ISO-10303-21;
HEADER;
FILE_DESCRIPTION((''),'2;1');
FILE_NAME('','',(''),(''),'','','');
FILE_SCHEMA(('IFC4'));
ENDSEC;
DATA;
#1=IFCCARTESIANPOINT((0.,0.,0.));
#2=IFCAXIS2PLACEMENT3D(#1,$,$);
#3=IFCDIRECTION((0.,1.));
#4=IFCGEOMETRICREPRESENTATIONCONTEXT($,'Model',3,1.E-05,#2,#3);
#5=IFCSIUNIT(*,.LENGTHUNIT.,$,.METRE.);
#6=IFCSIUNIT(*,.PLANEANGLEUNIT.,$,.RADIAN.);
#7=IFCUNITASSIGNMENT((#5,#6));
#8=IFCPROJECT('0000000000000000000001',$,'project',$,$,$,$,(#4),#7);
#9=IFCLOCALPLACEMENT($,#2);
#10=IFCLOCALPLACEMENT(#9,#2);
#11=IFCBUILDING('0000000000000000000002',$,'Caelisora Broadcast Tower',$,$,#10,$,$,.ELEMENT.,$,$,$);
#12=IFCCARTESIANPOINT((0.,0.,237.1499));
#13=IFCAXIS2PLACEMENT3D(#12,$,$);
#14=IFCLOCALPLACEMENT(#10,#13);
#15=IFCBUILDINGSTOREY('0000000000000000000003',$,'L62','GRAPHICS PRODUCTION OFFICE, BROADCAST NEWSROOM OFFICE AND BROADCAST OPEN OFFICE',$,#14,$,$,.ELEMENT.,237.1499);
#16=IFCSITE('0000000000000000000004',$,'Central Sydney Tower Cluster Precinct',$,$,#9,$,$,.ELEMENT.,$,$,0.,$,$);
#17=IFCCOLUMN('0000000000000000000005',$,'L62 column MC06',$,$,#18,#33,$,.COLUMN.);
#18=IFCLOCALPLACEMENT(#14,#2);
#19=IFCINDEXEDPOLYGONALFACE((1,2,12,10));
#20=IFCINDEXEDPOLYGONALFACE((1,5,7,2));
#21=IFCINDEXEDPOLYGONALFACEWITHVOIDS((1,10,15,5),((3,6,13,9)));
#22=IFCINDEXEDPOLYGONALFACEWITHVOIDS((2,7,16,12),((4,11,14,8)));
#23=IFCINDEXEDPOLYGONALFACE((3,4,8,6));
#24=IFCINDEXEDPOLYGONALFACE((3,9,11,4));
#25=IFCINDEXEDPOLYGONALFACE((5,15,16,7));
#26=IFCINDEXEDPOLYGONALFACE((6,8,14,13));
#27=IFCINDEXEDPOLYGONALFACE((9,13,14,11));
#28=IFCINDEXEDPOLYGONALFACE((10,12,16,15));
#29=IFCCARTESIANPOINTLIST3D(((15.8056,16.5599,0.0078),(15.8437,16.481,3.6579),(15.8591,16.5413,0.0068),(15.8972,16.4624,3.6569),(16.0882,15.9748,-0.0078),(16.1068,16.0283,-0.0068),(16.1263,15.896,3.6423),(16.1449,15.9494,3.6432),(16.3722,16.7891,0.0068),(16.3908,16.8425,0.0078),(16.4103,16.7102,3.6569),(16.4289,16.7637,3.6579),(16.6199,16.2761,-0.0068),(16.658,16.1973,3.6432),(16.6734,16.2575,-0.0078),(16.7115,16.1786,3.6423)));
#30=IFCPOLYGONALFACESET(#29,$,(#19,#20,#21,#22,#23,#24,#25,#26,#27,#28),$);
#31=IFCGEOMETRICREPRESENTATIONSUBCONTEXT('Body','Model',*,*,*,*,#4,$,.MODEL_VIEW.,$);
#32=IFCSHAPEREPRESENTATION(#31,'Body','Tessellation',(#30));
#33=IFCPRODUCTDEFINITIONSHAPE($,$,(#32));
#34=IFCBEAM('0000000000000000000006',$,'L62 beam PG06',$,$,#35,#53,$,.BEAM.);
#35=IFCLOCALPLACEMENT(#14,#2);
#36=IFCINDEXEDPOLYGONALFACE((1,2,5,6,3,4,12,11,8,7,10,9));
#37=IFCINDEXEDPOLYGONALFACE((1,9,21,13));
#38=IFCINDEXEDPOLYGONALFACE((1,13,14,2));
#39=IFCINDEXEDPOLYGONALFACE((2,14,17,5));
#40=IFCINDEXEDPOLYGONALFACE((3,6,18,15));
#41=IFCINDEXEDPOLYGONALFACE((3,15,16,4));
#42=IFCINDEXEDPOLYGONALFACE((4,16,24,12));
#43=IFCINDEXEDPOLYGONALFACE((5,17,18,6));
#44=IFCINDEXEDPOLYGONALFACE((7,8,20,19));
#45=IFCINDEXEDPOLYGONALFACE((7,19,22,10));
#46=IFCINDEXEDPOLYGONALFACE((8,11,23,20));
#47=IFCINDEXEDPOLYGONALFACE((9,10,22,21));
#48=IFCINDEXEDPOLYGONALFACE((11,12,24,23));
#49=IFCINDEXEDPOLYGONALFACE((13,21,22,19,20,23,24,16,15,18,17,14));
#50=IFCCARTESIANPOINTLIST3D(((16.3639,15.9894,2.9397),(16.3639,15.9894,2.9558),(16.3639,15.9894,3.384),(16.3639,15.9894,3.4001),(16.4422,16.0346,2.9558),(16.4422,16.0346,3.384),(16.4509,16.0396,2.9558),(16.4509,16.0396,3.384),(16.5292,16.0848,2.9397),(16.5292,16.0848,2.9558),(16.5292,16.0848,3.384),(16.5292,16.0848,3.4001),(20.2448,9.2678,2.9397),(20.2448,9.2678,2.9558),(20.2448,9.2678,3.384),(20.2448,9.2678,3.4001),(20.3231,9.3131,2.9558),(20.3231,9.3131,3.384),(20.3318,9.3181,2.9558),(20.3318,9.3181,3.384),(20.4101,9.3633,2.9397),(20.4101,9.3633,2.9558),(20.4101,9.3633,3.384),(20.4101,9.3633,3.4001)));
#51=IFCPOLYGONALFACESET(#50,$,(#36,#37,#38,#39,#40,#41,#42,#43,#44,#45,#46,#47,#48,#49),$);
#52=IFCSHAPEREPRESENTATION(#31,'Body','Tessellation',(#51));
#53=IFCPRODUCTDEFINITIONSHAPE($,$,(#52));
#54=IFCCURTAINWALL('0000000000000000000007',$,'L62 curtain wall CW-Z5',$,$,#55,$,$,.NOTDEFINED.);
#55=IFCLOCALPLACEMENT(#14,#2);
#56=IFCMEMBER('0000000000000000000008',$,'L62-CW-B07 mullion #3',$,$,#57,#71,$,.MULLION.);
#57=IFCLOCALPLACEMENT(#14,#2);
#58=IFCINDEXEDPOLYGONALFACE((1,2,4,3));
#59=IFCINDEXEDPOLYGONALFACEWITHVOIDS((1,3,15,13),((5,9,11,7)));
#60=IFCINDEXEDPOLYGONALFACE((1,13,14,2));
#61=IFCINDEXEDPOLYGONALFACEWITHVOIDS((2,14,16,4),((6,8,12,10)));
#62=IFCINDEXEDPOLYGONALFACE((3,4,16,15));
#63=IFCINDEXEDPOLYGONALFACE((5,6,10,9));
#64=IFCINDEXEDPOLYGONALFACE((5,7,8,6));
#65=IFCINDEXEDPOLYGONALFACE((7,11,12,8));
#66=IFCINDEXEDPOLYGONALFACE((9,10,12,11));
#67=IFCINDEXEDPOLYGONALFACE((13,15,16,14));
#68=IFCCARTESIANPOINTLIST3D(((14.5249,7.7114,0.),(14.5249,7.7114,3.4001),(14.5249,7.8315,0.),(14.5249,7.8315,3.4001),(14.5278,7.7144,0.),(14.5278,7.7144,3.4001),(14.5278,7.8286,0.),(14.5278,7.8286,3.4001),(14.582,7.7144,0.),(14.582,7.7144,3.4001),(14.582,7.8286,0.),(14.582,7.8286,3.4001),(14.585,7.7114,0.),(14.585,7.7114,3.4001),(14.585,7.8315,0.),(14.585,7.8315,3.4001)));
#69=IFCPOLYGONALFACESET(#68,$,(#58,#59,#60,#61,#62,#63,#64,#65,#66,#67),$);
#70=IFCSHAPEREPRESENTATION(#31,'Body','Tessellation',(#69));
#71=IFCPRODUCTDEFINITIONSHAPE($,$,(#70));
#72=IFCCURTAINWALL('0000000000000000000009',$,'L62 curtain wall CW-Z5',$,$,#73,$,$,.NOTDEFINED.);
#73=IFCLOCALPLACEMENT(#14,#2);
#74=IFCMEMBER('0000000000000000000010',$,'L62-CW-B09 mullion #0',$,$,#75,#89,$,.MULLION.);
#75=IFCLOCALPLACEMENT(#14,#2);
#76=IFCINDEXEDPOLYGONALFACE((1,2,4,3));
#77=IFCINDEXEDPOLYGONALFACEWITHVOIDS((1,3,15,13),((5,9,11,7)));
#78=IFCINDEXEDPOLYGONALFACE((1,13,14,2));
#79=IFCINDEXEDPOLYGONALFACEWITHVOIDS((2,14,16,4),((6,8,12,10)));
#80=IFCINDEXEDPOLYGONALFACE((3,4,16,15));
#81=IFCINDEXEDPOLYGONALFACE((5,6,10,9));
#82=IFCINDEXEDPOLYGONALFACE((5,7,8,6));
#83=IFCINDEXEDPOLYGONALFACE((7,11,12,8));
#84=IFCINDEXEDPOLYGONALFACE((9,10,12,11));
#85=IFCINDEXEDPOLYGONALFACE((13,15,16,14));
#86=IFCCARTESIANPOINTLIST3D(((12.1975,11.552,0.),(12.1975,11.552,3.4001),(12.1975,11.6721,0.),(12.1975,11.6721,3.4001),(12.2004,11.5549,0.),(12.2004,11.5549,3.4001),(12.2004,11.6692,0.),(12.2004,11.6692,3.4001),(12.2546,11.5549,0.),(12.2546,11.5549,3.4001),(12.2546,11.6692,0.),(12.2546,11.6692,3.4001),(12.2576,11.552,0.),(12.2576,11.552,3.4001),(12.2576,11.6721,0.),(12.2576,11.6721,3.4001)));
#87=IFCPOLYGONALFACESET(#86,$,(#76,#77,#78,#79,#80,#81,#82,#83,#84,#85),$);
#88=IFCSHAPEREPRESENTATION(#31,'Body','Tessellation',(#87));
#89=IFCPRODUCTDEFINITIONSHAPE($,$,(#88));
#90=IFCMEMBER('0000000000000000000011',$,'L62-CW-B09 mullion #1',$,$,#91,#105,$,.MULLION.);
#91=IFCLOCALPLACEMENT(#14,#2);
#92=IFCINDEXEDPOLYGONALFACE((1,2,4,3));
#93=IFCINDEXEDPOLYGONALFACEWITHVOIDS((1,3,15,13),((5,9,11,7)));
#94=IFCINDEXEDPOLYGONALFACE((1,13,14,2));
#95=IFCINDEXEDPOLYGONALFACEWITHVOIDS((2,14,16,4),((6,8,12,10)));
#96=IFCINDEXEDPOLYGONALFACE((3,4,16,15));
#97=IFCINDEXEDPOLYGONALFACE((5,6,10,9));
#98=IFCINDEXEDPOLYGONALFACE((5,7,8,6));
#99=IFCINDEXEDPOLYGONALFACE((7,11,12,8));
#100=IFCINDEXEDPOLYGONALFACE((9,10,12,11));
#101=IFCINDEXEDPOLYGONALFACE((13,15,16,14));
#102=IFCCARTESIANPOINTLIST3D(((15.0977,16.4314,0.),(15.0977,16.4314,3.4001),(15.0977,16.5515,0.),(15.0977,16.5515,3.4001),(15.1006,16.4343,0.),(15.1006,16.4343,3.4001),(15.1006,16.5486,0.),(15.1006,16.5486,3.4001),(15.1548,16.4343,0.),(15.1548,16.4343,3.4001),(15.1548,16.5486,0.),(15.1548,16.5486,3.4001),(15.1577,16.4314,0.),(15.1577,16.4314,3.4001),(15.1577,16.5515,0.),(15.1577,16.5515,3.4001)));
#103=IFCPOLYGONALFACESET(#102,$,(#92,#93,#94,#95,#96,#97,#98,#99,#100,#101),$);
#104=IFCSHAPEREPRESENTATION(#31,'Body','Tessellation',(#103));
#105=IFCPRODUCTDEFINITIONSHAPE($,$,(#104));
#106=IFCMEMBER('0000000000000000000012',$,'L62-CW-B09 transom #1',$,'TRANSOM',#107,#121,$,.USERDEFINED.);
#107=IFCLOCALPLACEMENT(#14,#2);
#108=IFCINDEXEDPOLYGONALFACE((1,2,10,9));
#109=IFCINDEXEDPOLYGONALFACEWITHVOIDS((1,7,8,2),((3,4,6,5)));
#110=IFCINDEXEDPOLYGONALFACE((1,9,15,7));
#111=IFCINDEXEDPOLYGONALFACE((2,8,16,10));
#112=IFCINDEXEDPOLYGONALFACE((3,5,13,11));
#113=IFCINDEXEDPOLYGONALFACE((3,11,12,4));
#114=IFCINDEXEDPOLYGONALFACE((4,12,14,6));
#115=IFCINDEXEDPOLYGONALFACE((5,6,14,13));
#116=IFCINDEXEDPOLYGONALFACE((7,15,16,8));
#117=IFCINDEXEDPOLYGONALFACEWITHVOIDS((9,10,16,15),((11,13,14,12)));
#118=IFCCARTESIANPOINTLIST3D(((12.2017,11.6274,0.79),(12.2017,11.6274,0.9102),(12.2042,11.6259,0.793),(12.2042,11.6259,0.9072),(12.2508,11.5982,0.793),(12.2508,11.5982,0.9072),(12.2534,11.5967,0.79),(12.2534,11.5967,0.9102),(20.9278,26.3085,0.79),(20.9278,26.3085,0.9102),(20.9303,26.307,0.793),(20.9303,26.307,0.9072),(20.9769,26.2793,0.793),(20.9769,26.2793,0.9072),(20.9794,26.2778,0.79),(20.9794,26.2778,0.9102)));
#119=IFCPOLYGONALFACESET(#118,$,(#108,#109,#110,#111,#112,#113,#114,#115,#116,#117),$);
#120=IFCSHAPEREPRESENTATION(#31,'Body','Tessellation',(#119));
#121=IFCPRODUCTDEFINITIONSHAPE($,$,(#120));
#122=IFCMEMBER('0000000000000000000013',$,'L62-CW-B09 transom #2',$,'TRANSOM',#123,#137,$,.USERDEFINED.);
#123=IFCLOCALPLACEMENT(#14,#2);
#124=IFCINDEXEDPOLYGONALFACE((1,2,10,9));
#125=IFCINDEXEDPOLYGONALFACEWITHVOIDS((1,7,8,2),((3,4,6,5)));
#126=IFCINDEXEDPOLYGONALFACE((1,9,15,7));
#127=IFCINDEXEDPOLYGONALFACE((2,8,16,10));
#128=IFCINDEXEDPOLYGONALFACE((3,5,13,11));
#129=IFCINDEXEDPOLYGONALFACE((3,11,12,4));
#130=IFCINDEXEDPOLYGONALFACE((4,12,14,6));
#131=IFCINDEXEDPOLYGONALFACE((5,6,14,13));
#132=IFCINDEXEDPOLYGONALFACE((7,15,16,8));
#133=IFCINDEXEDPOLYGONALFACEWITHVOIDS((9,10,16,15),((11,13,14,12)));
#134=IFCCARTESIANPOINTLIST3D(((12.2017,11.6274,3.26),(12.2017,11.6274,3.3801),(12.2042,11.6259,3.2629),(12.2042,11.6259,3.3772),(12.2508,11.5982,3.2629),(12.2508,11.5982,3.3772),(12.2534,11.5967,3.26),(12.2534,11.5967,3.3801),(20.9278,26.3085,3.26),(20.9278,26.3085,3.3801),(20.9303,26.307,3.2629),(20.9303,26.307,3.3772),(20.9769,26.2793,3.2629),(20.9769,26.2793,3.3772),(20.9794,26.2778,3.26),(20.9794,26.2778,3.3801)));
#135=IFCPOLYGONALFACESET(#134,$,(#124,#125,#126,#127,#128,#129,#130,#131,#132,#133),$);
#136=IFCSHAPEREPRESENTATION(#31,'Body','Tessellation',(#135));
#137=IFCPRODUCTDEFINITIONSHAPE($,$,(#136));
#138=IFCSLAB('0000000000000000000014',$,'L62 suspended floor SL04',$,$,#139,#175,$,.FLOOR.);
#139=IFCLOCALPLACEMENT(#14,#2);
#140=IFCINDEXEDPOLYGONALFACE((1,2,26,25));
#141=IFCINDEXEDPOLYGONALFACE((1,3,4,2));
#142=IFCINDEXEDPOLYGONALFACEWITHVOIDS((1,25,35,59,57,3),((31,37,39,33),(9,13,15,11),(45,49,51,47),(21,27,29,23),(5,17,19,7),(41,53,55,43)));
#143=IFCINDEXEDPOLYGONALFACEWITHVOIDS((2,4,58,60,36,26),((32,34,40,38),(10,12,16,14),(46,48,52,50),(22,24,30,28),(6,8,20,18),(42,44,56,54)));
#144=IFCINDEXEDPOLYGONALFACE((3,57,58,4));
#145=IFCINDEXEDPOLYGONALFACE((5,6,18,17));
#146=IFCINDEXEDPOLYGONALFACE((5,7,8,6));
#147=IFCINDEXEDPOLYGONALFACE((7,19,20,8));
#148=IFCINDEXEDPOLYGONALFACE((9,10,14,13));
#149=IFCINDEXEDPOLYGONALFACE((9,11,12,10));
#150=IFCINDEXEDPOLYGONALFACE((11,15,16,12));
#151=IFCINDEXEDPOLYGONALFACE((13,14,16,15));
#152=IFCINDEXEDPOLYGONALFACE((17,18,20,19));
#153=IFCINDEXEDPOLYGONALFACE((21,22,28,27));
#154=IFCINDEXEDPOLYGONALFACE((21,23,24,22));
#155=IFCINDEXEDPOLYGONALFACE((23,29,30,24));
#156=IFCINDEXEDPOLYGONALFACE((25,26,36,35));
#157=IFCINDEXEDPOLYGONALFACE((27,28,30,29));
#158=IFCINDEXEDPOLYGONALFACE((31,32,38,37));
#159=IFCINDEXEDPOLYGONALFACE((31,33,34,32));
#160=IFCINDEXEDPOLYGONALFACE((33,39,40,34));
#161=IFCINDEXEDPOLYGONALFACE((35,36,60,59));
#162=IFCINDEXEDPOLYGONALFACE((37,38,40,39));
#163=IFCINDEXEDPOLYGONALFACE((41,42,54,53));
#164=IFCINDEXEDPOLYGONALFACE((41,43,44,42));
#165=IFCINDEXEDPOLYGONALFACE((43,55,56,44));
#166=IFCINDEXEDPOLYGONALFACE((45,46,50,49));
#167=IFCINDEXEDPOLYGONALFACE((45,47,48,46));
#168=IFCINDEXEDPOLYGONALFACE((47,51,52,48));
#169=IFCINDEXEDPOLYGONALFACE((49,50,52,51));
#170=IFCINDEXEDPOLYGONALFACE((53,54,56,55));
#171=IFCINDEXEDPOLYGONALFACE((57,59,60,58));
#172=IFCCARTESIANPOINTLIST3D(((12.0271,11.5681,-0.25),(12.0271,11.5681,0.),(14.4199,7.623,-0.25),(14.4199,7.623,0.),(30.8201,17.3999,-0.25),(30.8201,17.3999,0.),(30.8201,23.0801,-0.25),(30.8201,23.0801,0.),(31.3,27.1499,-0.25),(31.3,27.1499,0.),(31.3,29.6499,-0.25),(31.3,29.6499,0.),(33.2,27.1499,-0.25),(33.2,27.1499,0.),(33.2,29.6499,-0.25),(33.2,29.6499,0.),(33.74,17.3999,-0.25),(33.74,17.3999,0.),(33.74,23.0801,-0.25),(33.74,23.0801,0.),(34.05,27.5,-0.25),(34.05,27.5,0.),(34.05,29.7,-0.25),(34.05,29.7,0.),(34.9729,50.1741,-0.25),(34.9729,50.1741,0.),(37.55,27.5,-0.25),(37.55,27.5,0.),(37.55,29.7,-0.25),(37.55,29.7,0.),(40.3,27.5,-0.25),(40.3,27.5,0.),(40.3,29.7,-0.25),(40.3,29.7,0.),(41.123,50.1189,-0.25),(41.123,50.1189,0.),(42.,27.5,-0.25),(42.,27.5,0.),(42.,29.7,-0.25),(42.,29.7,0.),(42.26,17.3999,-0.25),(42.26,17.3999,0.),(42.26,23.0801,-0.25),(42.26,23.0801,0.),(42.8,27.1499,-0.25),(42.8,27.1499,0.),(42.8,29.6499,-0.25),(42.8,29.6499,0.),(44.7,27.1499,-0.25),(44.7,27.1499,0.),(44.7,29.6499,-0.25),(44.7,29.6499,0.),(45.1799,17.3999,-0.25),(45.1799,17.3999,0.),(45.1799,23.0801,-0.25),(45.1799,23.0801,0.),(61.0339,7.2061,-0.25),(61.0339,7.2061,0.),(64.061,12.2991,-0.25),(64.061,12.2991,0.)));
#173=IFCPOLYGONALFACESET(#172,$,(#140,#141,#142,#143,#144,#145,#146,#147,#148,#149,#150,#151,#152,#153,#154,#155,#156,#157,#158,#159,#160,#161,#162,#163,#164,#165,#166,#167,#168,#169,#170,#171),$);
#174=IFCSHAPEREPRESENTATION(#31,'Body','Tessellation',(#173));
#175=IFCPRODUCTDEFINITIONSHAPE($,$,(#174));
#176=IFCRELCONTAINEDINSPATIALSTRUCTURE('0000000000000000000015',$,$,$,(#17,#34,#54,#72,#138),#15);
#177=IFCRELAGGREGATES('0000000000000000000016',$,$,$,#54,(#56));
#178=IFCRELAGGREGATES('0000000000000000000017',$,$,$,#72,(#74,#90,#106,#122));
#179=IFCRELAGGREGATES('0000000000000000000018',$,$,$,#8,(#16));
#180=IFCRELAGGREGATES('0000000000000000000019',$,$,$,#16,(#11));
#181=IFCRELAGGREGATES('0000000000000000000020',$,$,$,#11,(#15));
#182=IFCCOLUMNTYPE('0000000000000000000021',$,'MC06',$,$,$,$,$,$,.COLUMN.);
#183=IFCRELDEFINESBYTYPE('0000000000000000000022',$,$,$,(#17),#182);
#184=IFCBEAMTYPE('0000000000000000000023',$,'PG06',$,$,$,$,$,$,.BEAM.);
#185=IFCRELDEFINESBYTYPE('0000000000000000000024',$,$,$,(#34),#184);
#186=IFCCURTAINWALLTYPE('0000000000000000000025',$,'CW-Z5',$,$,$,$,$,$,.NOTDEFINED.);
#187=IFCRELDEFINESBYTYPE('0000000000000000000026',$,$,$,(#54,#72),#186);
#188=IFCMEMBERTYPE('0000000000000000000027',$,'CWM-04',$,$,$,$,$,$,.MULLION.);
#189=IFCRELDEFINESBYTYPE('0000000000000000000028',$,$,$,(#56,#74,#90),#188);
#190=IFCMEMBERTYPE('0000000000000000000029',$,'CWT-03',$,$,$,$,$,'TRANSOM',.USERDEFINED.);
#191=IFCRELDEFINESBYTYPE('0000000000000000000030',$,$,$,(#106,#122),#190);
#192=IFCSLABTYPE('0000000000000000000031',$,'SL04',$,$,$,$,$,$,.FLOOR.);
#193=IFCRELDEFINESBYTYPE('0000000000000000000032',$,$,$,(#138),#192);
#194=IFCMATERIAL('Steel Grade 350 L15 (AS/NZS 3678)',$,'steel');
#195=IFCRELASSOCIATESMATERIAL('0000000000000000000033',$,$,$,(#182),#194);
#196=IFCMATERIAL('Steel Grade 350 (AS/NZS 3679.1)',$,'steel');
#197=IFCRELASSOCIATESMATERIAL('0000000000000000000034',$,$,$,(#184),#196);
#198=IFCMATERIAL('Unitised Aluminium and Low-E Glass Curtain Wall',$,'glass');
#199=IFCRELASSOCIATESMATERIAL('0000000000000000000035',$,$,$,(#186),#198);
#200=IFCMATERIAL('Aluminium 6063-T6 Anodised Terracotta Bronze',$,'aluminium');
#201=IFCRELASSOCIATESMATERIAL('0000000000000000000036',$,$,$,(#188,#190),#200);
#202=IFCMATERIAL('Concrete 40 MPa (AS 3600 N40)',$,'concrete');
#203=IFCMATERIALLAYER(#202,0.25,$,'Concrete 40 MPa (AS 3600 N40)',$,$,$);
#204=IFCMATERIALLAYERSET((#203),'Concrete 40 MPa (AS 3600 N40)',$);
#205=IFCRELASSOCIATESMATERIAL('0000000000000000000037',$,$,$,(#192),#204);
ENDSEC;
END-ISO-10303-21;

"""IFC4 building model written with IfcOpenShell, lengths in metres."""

from ifc_helpers import new_model, si_unit, direction, frame, origin, origin_2d, place, context, subcontext, project, spatial, polyline, hollow_rectangle, i_section, outline, extrude, source, transform, mapped, material, layer, layer_set, material_profile, profile_set, type_object, type_shapes, element, aggregate, save


model = new_model("IFC4")

# Units and contexts
model_context = context("Model", 3, precision=1e-05, world=origin(), true_north=direction((0.0, 1.0)))
body_context = subcontext(model_context, "Body", "Model", "MODEL_VIEW")
ifc_project = project(units=[si_unit("LENGTHUNIT", "METRE"), si_unit("PLANEANGLEUNIT", "RADIAN")], contexts=[model_context])

# Site, building, storey
site_placement = place(None, origin())
site = spatial("IfcSite", under=ifc_project, at=site_placement, Name="Central Sydney Tower Cluster Precinct", CompositionType="ELEMENT", RefElevation=0.0)
building_placement = place(site_placement, origin())
building = spatial("IfcBuilding", under=site, at=building_placement, Name="Caelisora Broadcast Tower", CompositionType="ELEMENT")
storey_placement = place(building_placement, frame((0.0, 0.0, 237.1499)))
storey = spatial("IfcBuildingStorey", under=building, at=storey_placement, Name="L62", Description="GRAPHICS PRODUCTION OFFICE, BROADCAST NEWSROOM OFFICE AND BROADCAST OPEN OFFICE", CompositionType="ELEMENT", Elevation=237.1499)

# Column
ifc_material_1 = material(Name="Steel Grade 350 L15 (AS/NZS 3678)", Category="steel")
ifc_material_profile_1 = material_profile(ifc_material_1, hollow_rectangle(XDim=0.6499, YDim=0.6499, WallThickness=0.04, at=origin_2d()), Name="Steel Grade 350 L15 (AS/NZS 3678)")
ifc_profile_set_1 = profile_set([ifc_material_profile_1], Name="Steel Grade 350 L15 (AS/NZS 3678)")
column_type = type_object("IfcColumnType", Name="MC06", PredefinedType="COLUMN", material=ifc_profile_set_1)
shared_shape_1 = source(origin(), body_context, "Body", "SweptSolid", [
    extrude(hollow_rectangle(XDim=0.6499, YDim=0.6499, WallThickness=0.04, at=origin_2d()), origin(), (0.0, 0.0, 1.0), 3.6511),
])
type_shapes(column_type, [shared_shape_1])
column_placement = place(storey_placement, frame((16.2395, 16.4087, 0.0), z_axis=(0.010431, -0.021598, 0.999712), x_axis=(0.900476, 0.434905, 0.0)))
element("IfcColumn", 1, at=column_placement, inside=storey, type_object=column_type, Name="L62 column MC06", PredefinedType="COLUMN", context=body_context, shape_type="MappedRepresentation", body=[
    mapped(shared_shape_1, transform((0.0, 0.0, 0.0), scale=1.0)),
])

# Beam
ifc_material_2 = material(Name="Steel Grade 350 (AS/NZS 3679.1)", Category="steel")
ifc_material_profile_2 = material_profile(ifc_material_2, i_section(OverallWidth=0.1909, OverallDepth=0.4604, WebThickness=0.01, FlangeThickness=0.0161, at=origin_2d()), Name="Steel Grade 350 (AS/NZS 3679.1)")
ifc_profile_set_2 = profile_set([ifc_material_profile_2], Name="Steel Grade 350 (AS/NZS 3679.1)")
beam_type = type_object("IfcBeamType", Name="PG06", PredefinedType="BEAM", material=ifc_profile_set_2)
shared_shape_2 = source(origin(), body_context, "Body", "SweptSolid", [
    extrude(i_section(OverallWidth=0.1909, OverallDepth=0.4604, WebThickness=0.01, FlangeThickness=0.0161, at=origin_2d()), origin(), (0.0, 0.0, 1.0), 7.7615),
])
type_shapes(beam_type, [shared_shape_2])
beam_placement = place(storey_placement, frame((16.4465, 16.0371, 3.1699), z_axis=(0.500023, -0.866012, 0.0), x_axis=(0.866012, 0.500023, 0.0)))
element("IfcBeam", 2, at=beam_placement, inside=storey, type_object=beam_type, Name="L62 beam PG06", PredefinedType="BEAM", context=body_context, shape_type="MappedRepresentation", body=[
    mapped(shared_shape_2, transform((0.0, 0.0, 0.0), scale=1.0)),
])

# Curtain wall, member
ifc_material_3 = material(Name="Unitised Aluminium and Low-E Glass Curtain Wall", Category="glass")
curtain_wall_type = type_object("IfcCurtainWallType", Name="CW-Z5", PredefinedType="NOTDEFINED", material=ifc_material_3)
curtain_wall_1_placement = place(storey_placement, origin())
curtain_wall_1 = element("IfcCurtainWall", 3, at=curtain_wall_1_placement, inside=storey, type_object=curtain_wall_type, Name="L62 curtain wall CW-Z5", PredefinedType="NOTDEFINED")
ifc_material_4 = material(Name="Aluminium 6063-T6 Anodised Terracotta Bronze", Category="aluminium")
ifc_material_profile_3 = material_profile(ifc_material_4, hollow_rectangle(XDim=0.0601, YDim=0.1201, WallThickness=0.0029, at=origin_2d()), Name="Aluminium 6063-T6 Anodised Terracotta Bronze")
ifc_profile_set_3 = profile_set([ifc_material_profile_3], Name="Aluminium 6063-T6 Anodised Terracotta Bronze")
member_type_1 = type_object("IfcMemberType", Name="CWM-04", PredefinedType="MULLION", material=ifc_profile_set_3)
shared_shape_3 = source(origin(), body_context, "Body", "SweptSolid", [
    extrude(hollow_rectangle(XDim=0.0601, YDim=0.1201, WallThickness=0.0029, at=origin_2d()), origin(), (0.0, 0.0, 1.0), 3.4001),
])
type_shapes(member_type_1, [shared_shape_3])
member_1_placement = place(storey_placement, frame((14.5549, 7.7715, 0.0), z_axis=(0.0, 0.0, 1.0), x_axis=(1.0, 0.0, 0.0)))
member_1 = element("IfcMember", 4, at=member_1_placement, type_object=member_type_1, Name="L62-CW-B07 mullion #3", PredefinedType="MULLION", context=body_context, shape_type="MappedRepresentation", body=[
    mapped(shared_shape_3, transform((0.0, 0.0, 0.0), scale=1.0)),
])
aggregate(curtain_wall_1, [member_1])

# Curtain wall, members
curtain_wall_2_placement = place(storey_placement, origin())
curtain_wall_2 = element("IfcCurtainWall", 5, at=curtain_wall_2_placement, inside=storey, type_object=curtain_wall_type, Name="L62 curtain wall CW-Z5", PredefinedType="NOTDEFINED")
member_2_placement = place(storey_placement, frame((12.2275, 11.6121, 0.0), z_axis=(0.0, 0.0, 1.0), x_axis=(1.0, 0.0, 0.0)))
member_2 = element("IfcMember", 6, at=member_2_placement, type_object=member_type_1, Name="L62-CW-B09 mullion #0", PredefinedType="MULLION", context=body_context, shape_type="MappedRepresentation", body=[
    mapped(shared_shape_3, transform((0.0, 0.0, 0.0), scale=1.0)),
])
member_3_placement = place(storey_placement, frame((15.1277, 16.4915, 0.0), z_axis=(0.0, 0.0, 1.0), x_axis=(1.0, 0.0, 0.0)))
member_3 = element("IfcMember", 7, at=member_3_placement, type_object=member_type_1, Name="L62-CW-B09 mullion #1", PredefinedType="MULLION", context=body_context, shape_type="MappedRepresentation", body=[
    mapped(shared_shape_3, transform((0.0, 0.0, 0.0), scale=1.0)),
])
ifc_material_profile_4 = material_profile(ifc_material_4, hollow_rectangle(XDim=0.0601, YDim=0.1201, WallThickness=0.0029, at=origin_2d()), Name="Aluminium 6063-T6 Anodised Terracotta Bronze")
ifc_profile_set_4 = profile_set([ifc_material_profile_4], Name="Aluminium 6063-T6 Anodised Terracotta Bronze")
member_type_2 = type_object("IfcMemberType", Name="CWT-03", ElementType="TRANSOM", PredefinedType="USERDEFINED", material=ifc_profile_set_4)
shared_shape_4 = source(origin(), body_context, "Body", "SweptSolid", [
    extrude(hollow_rectangle(XDim=0.0601, YDim=0.1201, WallThickness=0.0029, at=origin_2d()), origin(), (0.0, 0.0, 1.0), 17.0786),
])
type_shapes(member_type_2, [shared_shape_4])
member_4_placement = place(storey_placement, frame((12.2275, 11.6121, 0.8501), z_axis=(0.510934, 0.85962, 0.0), x_axis=(-0.85962, 0.510934, 0.0)))
member_4 = element("IfcMember", 8, at=member_4_placement, type_object=member_type_2, Name="L62-CW-B09 transom #1", ObjectType="TRANSOM", PredefinedType="USERDEFINED", context=body_context, shape_type="MappedRepresentation", body=[
    mapped(shared_shape_4, transform((0.0, 0.0, 0.0), scale=1.0)),
])
member_5_placement = place(storey_placement, frame((12.2275, 11.6121, 3.3201), z_axis=(0.510934, 0.85962, 0.0), x_axis=(-0.85962, 0.510934, 0.0)))
member_5 = element("IfcMember", 9, at=member_5_placement, type_object=member_type_2, Name="L62-CW-B09 transom #2", ObjectType="TRANSOM", PredefinedType="USERDEFINED", context=body_context, shape_type="MappedRepresentation", body=[
    mapped(shared_shape_4, transform((0.0, 0.0, 0.0), scale=1.0)),
])

# Slab
ifc_material_5 = material(Name="Concrete 40 MPa (AS 3600 N40)", Category="concrete")
ifc_layer_1 = layer(ifc_material_5, 0.25, Name="Concrete 40 MPa (AS 3600 N40)")
ifc_layer_set_1 = layer_set([ifc_layer_1], Name="Concrete 40 MPa (AS 3600 N40)")
slab_type_1 = type_object("IfcSlabType", Name="SL04", PredefinedType="FLOOR", material=ifc_layer_set_1)
slab_1_placement = place(storey_placement, frame((0.0, 0.0, -0.25)))
element("IfcSlab", 10, at=slab_1_placement, inside=storey, type_object=slab_type_1, Name="L62 suspended floor SL04", PredefinedType="FLOOR", context=body_context, shape_type="SweptSolid", body=[
    extrude(outline(polyline([(41.123, 50.1189), (34.9729, 50.1741), (12.0271, 11.5681), (14.4199, 7.623), (61.0339, 7.2061), (64.061, 12.2991), (41.123, 50.1189)]), holes=[polyline([(30.8201, 17.3999), (33.74, 17.3999), (33.74, 23.0801), (30.8201, 23.0801), (30.8201, 17.3999)]), polyline([(42.26, 17.3999), (45.1799, 17.3999), (45.1799, 23.0801), (42.26, 23.0801), (42.26, 17.3999)]), polyline([(42.8, 27.1499), (44.7, 27.1499), (44.7, 29.6499), (42.8, 29.6499), (42.8, 27.1499)]), polyline([(40.3, 27.5), (42.0, 27.5), (42.0, 29.7), (40.3, 29.7), (40.3, 27.5)]), polyline([(34.05, 27.5), (37.55, 27.5), (37.55, 29.7), (34.05, 29.7), (34.05, 27.5)]), polyline([(31.3, 27.1499), (33.2, 27.1499), (33.2, 29.6499), (31.3, 29.6499), (31.3, 27.1499)])]), origin(), (0.0, 0.0, 1.0), 0.25),
])

aggregate(curtain_wall_2, [member_2, member_3, member_4, member_5])

save(model, "model.ifc")
